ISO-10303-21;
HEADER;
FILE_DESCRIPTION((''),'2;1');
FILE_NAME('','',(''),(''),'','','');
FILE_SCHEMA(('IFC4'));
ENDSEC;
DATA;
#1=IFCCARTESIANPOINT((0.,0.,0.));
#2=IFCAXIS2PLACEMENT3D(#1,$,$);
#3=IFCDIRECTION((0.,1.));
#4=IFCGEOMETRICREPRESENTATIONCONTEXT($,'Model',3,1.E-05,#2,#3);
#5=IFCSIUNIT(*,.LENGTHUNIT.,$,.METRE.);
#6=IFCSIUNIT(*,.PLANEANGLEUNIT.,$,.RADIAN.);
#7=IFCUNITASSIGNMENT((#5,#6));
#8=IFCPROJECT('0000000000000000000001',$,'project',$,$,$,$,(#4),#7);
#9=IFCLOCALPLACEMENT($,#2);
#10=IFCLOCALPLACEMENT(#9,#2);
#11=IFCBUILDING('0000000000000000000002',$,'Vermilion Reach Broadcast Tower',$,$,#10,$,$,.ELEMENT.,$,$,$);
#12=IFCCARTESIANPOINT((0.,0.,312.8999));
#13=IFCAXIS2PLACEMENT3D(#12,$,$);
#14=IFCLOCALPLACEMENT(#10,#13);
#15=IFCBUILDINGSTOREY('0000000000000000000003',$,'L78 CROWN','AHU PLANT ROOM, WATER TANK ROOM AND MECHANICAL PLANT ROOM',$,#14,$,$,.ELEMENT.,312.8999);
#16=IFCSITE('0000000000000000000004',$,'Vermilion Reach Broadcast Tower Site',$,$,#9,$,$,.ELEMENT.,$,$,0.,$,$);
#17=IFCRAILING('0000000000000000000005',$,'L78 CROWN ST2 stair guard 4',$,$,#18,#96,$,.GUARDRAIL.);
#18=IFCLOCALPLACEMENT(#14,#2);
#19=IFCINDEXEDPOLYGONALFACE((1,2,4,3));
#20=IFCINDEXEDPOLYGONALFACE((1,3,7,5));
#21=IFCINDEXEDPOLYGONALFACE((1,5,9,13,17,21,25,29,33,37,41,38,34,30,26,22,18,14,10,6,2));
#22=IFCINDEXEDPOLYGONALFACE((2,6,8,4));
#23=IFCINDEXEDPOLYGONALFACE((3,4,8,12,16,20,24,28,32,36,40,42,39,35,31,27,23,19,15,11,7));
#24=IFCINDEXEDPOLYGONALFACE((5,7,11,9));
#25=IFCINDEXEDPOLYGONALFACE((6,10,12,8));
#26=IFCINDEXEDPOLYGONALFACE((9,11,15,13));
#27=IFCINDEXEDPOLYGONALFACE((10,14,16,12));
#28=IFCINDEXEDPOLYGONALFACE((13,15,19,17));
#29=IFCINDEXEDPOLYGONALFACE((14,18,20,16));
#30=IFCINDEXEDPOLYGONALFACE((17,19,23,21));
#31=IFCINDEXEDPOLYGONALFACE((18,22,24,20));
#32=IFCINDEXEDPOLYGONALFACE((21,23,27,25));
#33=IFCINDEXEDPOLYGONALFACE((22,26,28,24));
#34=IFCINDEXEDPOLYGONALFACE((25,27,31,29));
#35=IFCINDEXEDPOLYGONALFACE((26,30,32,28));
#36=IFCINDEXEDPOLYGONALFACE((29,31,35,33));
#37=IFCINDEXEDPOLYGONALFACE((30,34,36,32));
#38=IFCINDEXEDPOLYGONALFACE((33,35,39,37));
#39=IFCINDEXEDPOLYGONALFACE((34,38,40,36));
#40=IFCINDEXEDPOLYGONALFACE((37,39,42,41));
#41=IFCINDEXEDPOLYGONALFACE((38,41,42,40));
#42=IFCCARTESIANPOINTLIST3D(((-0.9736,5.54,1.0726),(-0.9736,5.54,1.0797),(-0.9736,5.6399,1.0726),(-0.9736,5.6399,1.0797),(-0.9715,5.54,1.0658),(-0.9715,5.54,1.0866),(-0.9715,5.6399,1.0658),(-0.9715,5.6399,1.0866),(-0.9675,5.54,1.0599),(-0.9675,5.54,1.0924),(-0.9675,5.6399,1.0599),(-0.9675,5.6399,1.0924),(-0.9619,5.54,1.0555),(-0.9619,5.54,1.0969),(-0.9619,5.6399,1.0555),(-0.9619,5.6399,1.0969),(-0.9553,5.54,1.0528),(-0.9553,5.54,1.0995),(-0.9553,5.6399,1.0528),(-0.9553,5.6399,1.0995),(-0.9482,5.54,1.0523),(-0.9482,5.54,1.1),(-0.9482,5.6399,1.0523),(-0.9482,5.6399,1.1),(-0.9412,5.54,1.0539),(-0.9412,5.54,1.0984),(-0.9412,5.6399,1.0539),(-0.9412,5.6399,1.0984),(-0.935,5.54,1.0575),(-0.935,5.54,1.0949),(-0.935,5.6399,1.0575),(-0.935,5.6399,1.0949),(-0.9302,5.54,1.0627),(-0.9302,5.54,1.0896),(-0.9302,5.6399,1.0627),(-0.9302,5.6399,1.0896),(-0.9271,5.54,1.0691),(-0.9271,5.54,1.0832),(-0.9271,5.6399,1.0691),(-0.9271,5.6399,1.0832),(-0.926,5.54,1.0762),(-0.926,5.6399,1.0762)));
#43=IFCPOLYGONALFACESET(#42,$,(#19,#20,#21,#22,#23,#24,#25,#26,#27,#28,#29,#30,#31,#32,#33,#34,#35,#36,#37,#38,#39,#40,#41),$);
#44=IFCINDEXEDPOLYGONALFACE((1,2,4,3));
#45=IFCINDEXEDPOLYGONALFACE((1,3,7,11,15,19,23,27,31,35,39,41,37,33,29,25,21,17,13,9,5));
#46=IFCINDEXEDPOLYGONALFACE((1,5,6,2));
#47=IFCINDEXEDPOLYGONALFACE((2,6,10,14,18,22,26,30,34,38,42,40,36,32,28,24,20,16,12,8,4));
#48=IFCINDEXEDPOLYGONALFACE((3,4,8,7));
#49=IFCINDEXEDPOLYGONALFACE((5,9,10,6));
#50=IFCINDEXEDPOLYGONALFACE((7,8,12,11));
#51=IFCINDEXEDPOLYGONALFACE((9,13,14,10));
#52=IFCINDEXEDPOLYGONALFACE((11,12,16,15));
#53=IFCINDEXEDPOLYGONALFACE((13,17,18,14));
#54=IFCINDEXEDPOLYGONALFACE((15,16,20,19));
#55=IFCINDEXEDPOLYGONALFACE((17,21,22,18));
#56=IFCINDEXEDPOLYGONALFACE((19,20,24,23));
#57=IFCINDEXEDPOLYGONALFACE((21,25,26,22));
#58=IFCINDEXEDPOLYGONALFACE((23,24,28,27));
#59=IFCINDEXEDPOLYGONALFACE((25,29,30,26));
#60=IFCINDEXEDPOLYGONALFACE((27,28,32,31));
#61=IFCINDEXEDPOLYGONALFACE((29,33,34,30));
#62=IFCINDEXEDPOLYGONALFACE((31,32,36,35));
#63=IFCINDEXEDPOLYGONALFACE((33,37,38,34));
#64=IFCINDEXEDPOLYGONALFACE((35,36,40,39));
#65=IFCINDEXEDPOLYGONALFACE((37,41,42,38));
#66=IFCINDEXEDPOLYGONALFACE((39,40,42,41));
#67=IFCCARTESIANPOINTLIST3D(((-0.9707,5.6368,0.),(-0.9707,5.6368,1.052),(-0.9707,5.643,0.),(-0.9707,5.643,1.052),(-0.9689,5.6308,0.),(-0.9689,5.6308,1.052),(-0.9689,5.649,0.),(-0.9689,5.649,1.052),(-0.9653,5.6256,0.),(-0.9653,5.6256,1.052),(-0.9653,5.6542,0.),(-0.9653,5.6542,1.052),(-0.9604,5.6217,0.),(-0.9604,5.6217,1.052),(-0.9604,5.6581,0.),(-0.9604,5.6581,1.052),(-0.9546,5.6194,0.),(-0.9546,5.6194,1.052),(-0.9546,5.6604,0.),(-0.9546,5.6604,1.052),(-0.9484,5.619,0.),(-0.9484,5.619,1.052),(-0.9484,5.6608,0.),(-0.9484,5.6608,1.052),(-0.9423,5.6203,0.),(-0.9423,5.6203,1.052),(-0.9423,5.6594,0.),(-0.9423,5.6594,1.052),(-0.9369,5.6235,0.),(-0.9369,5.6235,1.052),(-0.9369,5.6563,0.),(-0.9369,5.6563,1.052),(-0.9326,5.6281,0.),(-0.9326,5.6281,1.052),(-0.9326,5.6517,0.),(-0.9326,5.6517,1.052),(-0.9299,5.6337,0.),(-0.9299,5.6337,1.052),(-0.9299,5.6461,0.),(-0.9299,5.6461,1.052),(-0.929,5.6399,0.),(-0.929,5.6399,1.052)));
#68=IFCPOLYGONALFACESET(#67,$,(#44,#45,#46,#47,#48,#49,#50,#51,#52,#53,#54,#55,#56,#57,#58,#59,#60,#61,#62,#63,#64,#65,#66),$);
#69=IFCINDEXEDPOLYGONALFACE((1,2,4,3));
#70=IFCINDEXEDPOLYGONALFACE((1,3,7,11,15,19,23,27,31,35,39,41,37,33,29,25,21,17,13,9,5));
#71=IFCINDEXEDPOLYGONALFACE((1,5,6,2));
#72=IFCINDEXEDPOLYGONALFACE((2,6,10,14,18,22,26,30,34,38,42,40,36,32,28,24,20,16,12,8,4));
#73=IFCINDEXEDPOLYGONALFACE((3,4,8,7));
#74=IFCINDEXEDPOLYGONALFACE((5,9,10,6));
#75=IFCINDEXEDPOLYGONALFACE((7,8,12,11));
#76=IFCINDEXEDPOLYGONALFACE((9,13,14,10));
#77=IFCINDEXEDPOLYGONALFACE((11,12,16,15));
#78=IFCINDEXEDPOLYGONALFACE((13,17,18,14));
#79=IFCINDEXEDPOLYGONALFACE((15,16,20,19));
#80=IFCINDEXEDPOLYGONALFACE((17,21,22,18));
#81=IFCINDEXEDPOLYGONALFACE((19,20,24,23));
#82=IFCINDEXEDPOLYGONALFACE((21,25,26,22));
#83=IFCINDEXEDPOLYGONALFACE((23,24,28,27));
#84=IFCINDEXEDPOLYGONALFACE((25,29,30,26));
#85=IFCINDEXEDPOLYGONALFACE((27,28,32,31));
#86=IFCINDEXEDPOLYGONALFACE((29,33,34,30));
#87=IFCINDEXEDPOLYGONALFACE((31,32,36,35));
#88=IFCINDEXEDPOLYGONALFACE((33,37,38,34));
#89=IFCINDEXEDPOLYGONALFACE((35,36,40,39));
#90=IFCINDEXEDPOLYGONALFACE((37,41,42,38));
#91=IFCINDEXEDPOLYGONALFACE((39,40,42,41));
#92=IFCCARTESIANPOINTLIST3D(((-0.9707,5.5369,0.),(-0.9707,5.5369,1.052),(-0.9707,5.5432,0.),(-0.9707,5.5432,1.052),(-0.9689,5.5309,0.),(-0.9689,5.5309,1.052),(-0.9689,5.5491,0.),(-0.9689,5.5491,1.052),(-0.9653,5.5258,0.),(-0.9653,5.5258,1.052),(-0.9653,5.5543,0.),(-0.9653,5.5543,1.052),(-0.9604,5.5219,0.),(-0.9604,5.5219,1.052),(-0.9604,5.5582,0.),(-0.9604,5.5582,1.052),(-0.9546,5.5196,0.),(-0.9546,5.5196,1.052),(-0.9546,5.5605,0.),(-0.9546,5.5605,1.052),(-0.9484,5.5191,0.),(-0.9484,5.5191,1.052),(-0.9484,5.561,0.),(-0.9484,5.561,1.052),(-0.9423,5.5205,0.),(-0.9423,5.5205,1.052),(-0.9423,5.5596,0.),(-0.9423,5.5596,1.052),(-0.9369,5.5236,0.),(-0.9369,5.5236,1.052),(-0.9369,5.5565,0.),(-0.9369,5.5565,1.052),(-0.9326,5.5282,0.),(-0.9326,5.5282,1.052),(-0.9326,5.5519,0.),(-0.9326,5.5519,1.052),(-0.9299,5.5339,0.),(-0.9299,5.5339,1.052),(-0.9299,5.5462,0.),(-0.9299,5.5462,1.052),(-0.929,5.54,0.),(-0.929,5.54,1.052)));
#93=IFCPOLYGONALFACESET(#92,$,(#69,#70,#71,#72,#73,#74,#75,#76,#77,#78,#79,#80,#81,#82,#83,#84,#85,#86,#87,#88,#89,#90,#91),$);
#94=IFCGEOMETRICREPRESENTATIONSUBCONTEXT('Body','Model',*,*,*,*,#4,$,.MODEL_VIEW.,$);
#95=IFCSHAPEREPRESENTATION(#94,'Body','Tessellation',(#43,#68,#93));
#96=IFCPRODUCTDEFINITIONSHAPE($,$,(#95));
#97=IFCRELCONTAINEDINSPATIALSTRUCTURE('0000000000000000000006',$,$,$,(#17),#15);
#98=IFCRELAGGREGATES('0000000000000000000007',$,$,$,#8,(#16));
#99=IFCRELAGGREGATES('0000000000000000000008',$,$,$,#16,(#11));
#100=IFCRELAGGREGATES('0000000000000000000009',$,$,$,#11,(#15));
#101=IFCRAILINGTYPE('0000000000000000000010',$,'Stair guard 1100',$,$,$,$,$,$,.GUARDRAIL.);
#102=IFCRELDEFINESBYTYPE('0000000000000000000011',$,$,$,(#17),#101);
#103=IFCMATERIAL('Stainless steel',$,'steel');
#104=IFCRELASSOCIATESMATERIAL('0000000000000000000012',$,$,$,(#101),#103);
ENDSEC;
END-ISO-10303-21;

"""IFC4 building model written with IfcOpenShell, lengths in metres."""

from ifc_helpers import new_model, si_unit, direction, frame, origin, origin_2d, place, context, subcontext, project, spatial, circle, extrude, material, type_object, element, save


model = new_model("IFC4")

# Units and contexts
model_context = context("Model", 3, precision=1e-05, world=origin(), true_north=direction((0.0, 1.0)))
body_context = subcontext(model_context, "Body", "Model", "MODEL_VIEW")
ifc_project = project(units=[si_unit("LENGTHUNIT", "METRE"), si_unit("PLANEANGLEUNIT", "RADIAN")], contexts=[model_context])

# Site, building, storey
site_placement = place(None, origin())
site = spatial("IfcSite", under=ifc_project, at=site_placement, Name="Vermilion Reach Broadcast Tower Site", CompositionType="ELEMENT", RefElevation=0.0)
building_placement = place(site_placement, origin())
building = spatial("IfcBuilding", under=site, at=building_placement, Name="Vermilion Reach Broadcast Tower", CompositionType="ELEMENT")
storey_placement = place(building_placement, frame((0.0, 0.0, 312.8999)))
storey = spatial("IfcBuildingStorey", under=building, at=storey_placement, Name="L78 CROWN", Description="AHU PLANT ROOM, WATER TANK ROOM AND MECHANICAL PLANT ROOM", CompositionType="ELEMENT", Elevation=312.8999)

# Railing
ifc_material_1 = material(Name="Stainless steel", Category="steel")
railing_type_1 = type_object("IfcRailingType", Name="Stair guard 1100", PredefinedType="GUARDRAIL", material=ifc_material_1)
railing_1_placement = place(storey_placement, frame((-0.95, 5.6399, 0.0)))
element("IfcRailing", 1, at=railing_1_placement, inside=storey, type_object=railing_type_1, Name="L78 CROWN ST2 stair guard 4", PredefinedType="GUARDRAIL", context=body_context, shape_type="SweptSolid", body=[
    extrude(circle(Radius=0.0239, at=origin_2d()), frame((0.0, 0.0, 1.0762), z_axis=(0.0, -1.0, 0.0), x_axis=(1.0, 0.0, 0.0)), (0.0, 0.0, 1.0), 0.0999),
    extrude(circle(Radius=0.021, at=origin_2d()), origin(), (0.0, 0.0, 1.0), 1.052),
    extrude(circle(Radius=0.021, at=origin_2d()), frame((0.0, -0.0999, 0.0)), (0.0, 0.0, 1.0), 1.052),
])

save(model, "model.ifc")
